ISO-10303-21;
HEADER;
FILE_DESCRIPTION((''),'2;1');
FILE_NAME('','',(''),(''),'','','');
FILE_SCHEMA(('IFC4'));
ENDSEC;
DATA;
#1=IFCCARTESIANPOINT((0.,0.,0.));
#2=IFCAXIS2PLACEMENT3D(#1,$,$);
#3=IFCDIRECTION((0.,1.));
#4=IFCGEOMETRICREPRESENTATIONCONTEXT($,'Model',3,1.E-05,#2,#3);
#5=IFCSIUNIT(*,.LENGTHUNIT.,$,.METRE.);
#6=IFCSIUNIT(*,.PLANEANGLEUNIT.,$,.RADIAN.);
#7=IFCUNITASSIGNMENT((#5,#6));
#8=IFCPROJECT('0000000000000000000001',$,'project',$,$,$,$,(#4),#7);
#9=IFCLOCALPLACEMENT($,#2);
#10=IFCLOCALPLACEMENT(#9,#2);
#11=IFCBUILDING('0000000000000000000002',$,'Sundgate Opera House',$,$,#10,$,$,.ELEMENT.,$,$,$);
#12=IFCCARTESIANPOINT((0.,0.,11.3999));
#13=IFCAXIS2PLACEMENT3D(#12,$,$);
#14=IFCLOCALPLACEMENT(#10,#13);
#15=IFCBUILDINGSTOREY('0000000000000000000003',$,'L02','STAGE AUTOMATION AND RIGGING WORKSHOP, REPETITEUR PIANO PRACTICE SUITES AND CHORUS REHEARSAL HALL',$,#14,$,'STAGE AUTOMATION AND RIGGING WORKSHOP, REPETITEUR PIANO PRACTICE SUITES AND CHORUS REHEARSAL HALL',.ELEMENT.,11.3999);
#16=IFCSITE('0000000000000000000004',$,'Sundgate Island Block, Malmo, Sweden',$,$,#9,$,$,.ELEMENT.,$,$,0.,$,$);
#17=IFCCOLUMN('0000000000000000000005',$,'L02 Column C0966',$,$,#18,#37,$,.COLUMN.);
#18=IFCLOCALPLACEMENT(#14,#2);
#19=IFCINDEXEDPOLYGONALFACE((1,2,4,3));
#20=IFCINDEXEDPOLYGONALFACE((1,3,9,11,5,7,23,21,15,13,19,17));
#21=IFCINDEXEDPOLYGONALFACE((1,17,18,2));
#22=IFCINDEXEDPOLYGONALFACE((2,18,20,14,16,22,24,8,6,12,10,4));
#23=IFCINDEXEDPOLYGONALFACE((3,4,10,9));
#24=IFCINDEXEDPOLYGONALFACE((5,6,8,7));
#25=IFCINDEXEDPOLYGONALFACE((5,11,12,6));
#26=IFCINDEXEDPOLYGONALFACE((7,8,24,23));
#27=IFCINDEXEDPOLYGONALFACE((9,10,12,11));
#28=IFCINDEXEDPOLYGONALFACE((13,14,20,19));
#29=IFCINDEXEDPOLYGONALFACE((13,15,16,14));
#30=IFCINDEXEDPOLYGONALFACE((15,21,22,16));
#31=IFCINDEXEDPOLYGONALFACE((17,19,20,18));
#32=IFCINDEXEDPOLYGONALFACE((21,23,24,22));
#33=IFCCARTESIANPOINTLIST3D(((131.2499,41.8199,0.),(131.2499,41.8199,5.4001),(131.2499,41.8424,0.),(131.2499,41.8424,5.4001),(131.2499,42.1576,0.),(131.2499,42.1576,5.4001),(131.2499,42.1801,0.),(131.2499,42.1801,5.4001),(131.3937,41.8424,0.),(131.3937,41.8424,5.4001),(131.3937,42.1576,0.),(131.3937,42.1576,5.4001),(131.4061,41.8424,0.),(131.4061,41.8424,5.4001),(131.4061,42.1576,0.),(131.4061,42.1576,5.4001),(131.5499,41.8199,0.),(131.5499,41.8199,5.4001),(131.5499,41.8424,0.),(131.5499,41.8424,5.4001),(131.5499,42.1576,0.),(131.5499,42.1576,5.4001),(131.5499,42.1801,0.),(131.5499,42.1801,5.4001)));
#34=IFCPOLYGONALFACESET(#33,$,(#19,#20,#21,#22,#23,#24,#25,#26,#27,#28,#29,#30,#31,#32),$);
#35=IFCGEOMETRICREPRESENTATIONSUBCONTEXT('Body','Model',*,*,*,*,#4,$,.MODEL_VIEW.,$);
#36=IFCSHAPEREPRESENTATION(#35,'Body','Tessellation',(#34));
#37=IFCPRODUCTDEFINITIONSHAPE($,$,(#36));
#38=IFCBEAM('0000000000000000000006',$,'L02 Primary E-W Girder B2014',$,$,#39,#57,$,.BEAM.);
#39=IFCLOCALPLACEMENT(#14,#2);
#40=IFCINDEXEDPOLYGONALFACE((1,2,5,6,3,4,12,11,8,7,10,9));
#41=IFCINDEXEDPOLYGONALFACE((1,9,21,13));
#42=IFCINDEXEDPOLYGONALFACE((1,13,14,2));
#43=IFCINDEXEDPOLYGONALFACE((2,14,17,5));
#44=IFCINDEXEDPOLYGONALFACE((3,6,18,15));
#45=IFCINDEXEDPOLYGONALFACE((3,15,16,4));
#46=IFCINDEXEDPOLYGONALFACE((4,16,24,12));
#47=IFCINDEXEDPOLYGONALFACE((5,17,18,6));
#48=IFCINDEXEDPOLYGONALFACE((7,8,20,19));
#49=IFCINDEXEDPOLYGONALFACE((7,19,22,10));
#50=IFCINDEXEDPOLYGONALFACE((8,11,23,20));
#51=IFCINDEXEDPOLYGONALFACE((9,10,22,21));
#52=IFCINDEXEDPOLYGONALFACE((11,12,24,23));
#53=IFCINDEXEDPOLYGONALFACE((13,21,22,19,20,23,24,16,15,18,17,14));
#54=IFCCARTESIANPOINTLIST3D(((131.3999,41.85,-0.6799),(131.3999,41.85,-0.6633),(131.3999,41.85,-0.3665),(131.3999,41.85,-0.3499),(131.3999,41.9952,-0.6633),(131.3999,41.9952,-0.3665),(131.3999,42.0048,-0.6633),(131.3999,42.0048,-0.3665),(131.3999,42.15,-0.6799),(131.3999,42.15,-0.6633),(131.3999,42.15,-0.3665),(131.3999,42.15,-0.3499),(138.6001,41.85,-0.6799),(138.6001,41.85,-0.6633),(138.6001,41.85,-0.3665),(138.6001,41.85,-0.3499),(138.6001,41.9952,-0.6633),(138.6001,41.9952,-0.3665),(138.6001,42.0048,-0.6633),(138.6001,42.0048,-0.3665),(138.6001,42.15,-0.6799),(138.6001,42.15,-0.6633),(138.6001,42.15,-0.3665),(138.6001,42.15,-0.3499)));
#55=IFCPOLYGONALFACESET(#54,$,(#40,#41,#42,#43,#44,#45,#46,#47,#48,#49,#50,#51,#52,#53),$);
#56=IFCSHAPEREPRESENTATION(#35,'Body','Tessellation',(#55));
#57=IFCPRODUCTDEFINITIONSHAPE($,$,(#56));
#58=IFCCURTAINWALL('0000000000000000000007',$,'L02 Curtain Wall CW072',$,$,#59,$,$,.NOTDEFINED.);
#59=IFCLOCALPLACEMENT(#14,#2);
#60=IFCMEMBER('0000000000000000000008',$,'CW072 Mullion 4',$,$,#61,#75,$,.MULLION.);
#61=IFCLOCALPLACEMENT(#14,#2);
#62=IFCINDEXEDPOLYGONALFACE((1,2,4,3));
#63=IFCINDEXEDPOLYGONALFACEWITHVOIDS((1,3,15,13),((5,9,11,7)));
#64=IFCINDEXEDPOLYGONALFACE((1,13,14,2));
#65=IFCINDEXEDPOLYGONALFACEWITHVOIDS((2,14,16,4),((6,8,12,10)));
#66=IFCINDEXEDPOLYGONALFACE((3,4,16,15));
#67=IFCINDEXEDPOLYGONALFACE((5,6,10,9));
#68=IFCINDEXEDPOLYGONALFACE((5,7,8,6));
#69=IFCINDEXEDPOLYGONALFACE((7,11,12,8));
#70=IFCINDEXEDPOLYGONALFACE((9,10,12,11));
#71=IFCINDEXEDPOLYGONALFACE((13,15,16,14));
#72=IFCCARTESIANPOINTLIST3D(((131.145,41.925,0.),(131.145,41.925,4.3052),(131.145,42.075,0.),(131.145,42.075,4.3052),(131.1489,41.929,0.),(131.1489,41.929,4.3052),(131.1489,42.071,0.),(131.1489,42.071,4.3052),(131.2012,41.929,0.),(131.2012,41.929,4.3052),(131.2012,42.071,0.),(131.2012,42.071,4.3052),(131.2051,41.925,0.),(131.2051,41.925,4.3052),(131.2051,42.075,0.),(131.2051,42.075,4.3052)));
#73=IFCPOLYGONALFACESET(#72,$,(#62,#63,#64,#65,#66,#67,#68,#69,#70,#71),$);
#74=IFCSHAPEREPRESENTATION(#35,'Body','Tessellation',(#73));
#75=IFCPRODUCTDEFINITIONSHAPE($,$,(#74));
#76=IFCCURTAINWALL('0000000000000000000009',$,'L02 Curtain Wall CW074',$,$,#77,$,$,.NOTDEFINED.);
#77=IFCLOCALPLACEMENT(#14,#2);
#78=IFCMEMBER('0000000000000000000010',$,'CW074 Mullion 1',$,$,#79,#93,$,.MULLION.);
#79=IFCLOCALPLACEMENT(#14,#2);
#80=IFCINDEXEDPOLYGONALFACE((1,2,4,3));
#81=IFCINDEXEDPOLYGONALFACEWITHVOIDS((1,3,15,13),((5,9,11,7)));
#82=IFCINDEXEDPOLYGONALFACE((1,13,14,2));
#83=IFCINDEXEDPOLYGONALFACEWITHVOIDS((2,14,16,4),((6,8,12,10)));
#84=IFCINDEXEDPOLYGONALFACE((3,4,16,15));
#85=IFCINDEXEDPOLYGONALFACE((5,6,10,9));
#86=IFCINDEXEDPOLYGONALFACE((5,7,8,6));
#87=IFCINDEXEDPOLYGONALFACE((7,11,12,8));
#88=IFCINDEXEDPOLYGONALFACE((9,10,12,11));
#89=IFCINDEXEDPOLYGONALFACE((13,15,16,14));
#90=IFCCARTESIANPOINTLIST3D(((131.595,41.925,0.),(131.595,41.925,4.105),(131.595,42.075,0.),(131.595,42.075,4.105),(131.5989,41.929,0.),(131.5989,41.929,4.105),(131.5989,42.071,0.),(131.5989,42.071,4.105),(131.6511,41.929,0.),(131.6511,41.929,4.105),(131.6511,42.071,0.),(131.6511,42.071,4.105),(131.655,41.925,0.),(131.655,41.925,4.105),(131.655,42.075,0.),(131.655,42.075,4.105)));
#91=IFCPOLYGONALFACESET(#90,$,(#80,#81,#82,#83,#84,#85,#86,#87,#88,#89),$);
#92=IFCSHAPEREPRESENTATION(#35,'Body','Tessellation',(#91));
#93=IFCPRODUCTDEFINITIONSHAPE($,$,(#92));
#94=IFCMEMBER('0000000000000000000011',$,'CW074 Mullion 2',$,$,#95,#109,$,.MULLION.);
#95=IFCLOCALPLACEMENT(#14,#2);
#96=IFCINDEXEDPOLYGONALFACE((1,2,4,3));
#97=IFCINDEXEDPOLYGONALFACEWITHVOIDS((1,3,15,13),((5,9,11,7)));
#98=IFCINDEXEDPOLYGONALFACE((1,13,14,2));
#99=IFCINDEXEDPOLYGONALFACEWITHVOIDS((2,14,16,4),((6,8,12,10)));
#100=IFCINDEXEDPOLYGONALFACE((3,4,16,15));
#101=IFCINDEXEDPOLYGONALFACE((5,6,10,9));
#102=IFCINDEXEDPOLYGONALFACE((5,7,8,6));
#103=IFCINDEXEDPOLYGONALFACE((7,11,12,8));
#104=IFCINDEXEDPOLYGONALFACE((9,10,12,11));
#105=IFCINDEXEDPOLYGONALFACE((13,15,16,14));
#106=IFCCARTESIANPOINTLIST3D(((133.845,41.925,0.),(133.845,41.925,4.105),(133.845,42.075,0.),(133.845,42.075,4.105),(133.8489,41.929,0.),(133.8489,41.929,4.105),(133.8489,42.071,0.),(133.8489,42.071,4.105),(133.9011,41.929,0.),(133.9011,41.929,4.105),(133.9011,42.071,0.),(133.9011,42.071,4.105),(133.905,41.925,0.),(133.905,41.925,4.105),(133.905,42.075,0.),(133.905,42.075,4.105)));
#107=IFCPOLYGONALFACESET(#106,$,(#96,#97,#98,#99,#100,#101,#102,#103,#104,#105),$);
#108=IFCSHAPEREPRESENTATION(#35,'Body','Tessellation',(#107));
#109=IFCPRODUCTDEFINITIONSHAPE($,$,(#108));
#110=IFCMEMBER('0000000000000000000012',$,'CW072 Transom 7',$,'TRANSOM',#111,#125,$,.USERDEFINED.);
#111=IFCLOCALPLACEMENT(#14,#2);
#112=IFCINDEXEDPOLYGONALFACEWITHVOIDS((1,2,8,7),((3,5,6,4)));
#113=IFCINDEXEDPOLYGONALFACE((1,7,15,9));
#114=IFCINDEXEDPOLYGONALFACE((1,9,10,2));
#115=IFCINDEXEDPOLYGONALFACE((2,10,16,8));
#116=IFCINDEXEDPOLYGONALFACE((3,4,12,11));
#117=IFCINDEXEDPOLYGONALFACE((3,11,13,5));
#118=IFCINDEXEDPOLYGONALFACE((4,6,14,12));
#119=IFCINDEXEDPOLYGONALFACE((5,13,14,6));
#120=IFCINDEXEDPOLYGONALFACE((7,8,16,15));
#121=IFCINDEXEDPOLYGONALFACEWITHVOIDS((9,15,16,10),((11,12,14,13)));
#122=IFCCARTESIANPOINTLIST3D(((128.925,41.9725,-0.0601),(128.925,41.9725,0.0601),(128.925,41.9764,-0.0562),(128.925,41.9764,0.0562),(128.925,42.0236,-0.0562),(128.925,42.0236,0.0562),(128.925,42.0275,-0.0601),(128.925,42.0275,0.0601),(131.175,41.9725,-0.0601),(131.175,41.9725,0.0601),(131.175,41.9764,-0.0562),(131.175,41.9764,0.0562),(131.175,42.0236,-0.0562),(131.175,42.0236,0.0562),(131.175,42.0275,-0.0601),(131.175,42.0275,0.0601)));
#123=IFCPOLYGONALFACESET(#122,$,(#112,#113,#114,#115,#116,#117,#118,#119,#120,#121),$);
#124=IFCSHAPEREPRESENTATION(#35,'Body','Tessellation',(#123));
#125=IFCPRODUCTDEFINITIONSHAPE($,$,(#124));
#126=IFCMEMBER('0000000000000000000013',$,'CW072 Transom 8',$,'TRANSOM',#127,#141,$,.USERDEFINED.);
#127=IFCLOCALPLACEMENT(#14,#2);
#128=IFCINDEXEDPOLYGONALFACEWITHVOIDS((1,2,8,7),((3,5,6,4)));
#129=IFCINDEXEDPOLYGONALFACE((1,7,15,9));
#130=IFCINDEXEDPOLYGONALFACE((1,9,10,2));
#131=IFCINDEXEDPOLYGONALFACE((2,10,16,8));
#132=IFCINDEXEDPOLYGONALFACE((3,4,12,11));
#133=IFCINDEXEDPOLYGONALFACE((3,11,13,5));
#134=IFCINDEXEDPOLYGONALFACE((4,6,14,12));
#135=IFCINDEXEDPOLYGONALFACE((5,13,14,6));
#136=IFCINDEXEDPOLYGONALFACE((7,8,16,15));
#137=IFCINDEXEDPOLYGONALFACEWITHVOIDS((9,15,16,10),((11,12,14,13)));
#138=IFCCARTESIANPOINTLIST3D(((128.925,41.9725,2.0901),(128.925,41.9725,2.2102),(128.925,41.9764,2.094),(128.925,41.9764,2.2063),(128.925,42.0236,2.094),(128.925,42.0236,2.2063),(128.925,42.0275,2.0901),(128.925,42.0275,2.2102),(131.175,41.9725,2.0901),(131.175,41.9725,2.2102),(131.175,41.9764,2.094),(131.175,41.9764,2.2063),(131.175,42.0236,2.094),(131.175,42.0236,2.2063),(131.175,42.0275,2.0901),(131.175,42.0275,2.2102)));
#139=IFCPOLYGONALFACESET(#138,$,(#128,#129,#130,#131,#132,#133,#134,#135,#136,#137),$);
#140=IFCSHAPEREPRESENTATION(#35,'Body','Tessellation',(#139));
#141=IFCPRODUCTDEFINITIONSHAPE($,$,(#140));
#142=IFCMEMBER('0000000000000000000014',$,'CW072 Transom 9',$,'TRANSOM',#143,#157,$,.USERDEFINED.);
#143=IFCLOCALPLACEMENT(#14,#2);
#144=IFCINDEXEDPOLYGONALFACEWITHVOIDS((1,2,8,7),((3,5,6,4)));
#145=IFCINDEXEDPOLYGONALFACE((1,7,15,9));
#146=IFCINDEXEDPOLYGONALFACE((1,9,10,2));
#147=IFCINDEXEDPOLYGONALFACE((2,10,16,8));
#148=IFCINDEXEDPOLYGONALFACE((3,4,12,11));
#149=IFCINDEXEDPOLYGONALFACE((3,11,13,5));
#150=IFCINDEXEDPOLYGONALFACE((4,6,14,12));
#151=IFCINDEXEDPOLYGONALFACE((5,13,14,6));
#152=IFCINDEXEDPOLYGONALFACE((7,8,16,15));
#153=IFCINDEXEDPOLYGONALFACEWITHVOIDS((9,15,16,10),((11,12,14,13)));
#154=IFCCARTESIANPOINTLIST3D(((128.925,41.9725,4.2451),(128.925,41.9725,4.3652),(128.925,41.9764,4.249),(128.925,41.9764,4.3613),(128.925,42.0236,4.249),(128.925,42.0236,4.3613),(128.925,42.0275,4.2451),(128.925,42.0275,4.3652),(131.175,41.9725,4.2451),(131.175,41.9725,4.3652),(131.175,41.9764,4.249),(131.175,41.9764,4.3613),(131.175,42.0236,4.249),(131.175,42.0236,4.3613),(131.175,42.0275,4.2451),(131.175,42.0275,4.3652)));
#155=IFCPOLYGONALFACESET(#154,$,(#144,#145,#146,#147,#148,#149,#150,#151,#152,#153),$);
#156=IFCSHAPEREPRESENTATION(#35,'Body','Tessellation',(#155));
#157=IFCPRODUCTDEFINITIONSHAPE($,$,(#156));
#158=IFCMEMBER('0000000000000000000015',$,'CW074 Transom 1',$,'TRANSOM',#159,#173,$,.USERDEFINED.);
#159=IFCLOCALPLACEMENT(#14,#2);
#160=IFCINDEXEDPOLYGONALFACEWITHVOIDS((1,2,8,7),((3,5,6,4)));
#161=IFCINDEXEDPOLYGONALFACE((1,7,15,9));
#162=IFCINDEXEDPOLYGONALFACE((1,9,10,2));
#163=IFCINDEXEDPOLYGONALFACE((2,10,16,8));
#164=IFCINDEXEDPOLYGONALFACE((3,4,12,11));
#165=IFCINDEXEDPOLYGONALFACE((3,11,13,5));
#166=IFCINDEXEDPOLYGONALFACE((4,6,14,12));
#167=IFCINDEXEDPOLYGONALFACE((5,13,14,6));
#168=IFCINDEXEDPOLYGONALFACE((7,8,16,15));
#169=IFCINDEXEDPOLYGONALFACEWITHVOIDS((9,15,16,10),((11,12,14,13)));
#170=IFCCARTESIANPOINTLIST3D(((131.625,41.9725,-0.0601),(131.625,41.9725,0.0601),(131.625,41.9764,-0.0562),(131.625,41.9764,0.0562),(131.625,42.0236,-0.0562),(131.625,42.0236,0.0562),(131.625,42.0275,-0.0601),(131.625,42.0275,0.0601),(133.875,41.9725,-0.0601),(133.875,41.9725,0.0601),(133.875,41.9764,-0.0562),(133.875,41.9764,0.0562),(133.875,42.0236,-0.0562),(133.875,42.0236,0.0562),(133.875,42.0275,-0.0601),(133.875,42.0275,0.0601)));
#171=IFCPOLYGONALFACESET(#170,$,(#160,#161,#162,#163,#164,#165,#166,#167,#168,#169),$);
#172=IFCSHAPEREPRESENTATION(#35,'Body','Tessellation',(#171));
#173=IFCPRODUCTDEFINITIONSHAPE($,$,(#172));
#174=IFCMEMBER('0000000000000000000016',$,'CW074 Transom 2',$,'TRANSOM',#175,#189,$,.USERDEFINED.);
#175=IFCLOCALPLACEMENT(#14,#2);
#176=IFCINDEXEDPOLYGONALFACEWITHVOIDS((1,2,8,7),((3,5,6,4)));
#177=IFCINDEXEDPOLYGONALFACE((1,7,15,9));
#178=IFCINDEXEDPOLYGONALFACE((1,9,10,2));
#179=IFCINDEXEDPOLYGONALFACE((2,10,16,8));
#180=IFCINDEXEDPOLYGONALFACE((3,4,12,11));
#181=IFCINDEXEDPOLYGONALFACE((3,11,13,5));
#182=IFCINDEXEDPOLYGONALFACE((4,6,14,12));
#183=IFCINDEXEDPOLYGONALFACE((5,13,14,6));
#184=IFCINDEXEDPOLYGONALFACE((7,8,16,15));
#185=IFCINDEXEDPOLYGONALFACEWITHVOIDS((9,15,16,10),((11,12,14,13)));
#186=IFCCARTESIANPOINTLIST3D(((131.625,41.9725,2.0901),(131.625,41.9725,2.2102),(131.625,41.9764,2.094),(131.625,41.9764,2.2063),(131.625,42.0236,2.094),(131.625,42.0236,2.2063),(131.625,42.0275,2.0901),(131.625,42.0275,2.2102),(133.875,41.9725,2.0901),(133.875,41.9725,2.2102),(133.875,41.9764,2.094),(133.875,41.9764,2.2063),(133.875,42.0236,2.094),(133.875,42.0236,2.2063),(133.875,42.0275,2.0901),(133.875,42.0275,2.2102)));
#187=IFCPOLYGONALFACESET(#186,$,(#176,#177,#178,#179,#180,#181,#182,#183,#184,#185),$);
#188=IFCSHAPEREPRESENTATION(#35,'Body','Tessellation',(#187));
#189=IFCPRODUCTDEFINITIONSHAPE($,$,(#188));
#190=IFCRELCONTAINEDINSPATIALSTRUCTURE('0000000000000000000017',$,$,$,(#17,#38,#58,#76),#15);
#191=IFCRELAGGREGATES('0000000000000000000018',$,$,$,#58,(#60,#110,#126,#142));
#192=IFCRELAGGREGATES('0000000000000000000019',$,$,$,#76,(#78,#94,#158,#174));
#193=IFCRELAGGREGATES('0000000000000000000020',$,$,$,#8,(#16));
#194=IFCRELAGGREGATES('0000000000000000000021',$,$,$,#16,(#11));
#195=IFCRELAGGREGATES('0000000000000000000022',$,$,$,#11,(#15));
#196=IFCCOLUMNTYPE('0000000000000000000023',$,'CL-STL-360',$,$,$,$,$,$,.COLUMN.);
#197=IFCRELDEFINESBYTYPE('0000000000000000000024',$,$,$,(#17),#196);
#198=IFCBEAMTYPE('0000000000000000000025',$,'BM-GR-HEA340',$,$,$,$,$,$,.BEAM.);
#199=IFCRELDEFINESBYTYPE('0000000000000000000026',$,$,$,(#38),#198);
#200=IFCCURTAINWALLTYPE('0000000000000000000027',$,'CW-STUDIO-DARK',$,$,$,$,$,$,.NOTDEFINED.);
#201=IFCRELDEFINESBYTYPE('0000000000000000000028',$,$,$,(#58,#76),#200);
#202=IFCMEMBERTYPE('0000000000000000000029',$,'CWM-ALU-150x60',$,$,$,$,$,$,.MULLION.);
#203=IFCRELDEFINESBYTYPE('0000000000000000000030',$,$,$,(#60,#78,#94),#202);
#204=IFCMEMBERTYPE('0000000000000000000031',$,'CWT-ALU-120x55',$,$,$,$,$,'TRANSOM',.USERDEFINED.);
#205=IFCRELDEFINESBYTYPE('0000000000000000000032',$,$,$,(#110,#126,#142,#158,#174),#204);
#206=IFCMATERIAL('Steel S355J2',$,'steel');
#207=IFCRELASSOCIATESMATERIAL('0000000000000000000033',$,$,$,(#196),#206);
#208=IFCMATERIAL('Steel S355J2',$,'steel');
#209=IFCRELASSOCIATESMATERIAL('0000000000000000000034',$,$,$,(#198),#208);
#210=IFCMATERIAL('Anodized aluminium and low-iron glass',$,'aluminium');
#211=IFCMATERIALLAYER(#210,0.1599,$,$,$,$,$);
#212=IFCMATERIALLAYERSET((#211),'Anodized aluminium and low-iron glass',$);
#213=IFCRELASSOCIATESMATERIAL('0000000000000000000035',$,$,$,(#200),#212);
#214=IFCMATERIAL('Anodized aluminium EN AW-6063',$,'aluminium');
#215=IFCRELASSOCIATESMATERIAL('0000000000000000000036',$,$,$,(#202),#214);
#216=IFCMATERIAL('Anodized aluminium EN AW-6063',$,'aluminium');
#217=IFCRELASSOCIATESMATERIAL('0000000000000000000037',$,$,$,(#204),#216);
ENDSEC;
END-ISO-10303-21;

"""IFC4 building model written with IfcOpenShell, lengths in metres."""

from ifc_helpers import new_model, si_unit, direction, frame, origin, origin_2d, place, context, subcontext, project, spatial, hollow_rectangle, i_section, extrude, material, layer, layer_set, material_profile, profile_set, type_object, element, aggregate, save


model = new_model("IFC4")

# Units and contexts
model_context = context("Model", 3, precision=1e-05, world=origin(), true_north=direction((0.0, 1.0)))
body_context = subcontext(model_context, "Body", "Model", "MODEL_VIEW")
ifc_project = project(units=[si_unit("LENGTHUNIT", "METRE"), si_unit("PLANEANGLEUNIT", "RADIAN")], contexts=[model_context])

# Site, building, storey
site_placement = place(None, origin())
site = spatial("IfcSite", under=ifc_project, at=site_placement, Name="Sundgate Island Block, Malmo, Sweden", CompositionType="ELEMENT", RefElevation=0.0)
building_placement = place(site_placement, origin())
building = spatial("IfcBuilding", under=site, at=building_placement, Name="Sundgate Opera House", CompositionType="ELEMENT")
storey_placement = place(building_placement, frame((0.0, 0.0, 11.3999)))
storey = spatial("IfcBuildingStorey", under=building, at=storey_placement, Name="L02", Description="STAGE AUTOMATION AND RIGGING WORKSHOP, REPETITEUR PIANO PRACTICE SUITES AND CHORUS REHEARSAL HALL", LongName="STAGE AUTOMATION AND RIGGING WORKSHOP, REPETITEUR PIANO PRACTICE SUITES AND CHORUS REHEARSAL HALL", CompositionType="ELEMENT", Elevation=11.3999)

# Column
ifc_material_1 = material(Name="Steel S355J2", Category="steel")
ifc_material_profile_1 = material_profile(ifc_material_1, i_section(OverallWidth=0.3, OverallDepth=0.3601, WebThickness=0.0125, FlangeThickness=0.0225, at=origin_2d()), Name="HEB 360")
ifc_profile_set_1 = profile_set([ifc_material_profile_1], Name="Steel S355J2")
column_type = type_object("IfcColumnType", Name="CL-STL-360", PredefinedType="COLUMN", material=ifc_profile_set_1)
column_placement = place(storey_placement, frame((131.3999, 42.0, 0.0), z_axis=(0.0, 0.0, 1.0), x_axis=(1.0, 0.0, 0.0)))
element("IfcColumn", 1, at=column_placement, inside=storey, type_object=column_type, Name="L02 Column C0966", PredefinedType="COLUMN", context=body_context, shape_type="SweptSolid", body=[
    extrude(i_section(OverallWidth=0.3, OverallDepth=0.3601, WebThickness=0.0125, FlangeThickness=0.0225, at=origin_2d()), origin(), (0.0, 0.0, 1.0), 5.4001),
])

# Beam
ifc_material_2 = material(Name="Steel S355J2", Category="steel")
ifc_material_profile_2 = material_profile(ifc_material_2, i_section(OverallWidth=0.3, OverallDepth=0.3301, WebThickness=0.0095, FlangeThickness=0.0166, at=origin_2d()), Name="HEA 340")
ifc_profile_set_2 = profile_set([ifc_material_profile_2], Name="Steel S355J2")
beam_type = type_object("IfcBeamType", Name="BM-GR-HEA340", PredefinedType="BEAM", material=ifc_profile_set_2)
beam_placement = place(storey_placement, frame((131.3999, 42.0, -0.5149), z_axis=(1.0, 0.0, 0.0), x_axis=(0.0, 1.0, 0.0)))
element("IfcBeam", 2, at=beam_placement, inside=storey, type_object=beam_type, Name="L02 Primary E-W Girder B2014", PredefinedType="BEAM", context=body_context, shape_type="SweptSolid", body=[
    extrude(i_section(OverallWidth=0.3, OverallDepth=0.3301, WebThickness=0.0095, FlangeThickness=0.0166, at=origin_2d()), origin(), (0.0, 0.0, 1.0), 7.2002),
])

# Curtain wall, member
ifc_material_3 = material(Name="Anodized aluminium and low-iron glass", Category="aluminium")
ifc_layer_1 = layer(ifc_material_3, 0.1599)
ifc_layer_set_1 = layer_set([ifc_layer_1], Name="Anodized aluminium and low-iron glass")
curtain_wall_type = type_object("IfcCurtainWallType", Name="CW-STUDIO-DARK", PredefinedType="NOTDEFINED", material=ifc_layer_set_1)
curtain_wall_1_placement = place(storey_placement, origin())
curtain_wall_1 = element("IfcCurtainWall", 3, at=curtain_wall_1_placement, inside=storey, type_object=curtain_wall_type, Name="L02 Curtain Wall CW072", PredefinedType="NOTDEFINED")
ifc_material_4 = material(Name="Anodized aluminium EN AW-6063", Category="aluminium")
ifc_material_profile_3 = material_profile(ifc_material_4, hollow_rectangle(XDim=0.0601, YDim=0.1499, WallThickness=0.0039, at=origin_2d()), Name="CWM 150x60x4")
ifc_profile_set_3 = profile_set([ifc_material_profile_3], Name="Anodized aluminium EN AW-6063")
member_type_1 = type_object("IfcMemberType", Name="CWM-ALU-150x60", PredefinedType="MULLION", material=ifc_profile_set_3)
member_1_placement = place(storey_placement, frame((131.175, 42.0, 0.0), z_axis=(0.0, 0.0, 1.0), x_axis=(1.0, 0.0, 0.0)))
member_1 = element("IfcMember", 4, at=member_1_placement, type_object=member_type_1, Name="CW072 Mullion 4", PredefinedType="MULLION", context=body_context, shape_type="SweptSolid", body=[
    extrude(hollow_rectangle(XDim=0.0601, YDim=0.1499, WallThickness=0.0039, at=origin_2d()), origin(), (0.0, 0.0, 1.0), 4.3052),
])

# Curtain wall, members
curtain_wall_2_placement = place(storey_placement, origin())
curtain_wall_2 = element("IfcCurtainWall", 5, at=curtain_wall_2_placement, inside=storey, type_object=curtain_wall_type, Name="L02 Curtain Wall CW074", PredefinedType="NOTDEFINED")
member_2_placement = place(storey_placement, frame((131.625, 42.0, 0.0), z_axis=(0.0, 0.0, 1.0), x_axis=(1.0, 0.0, 0.0)))
member_2 = element("IfcMember", 6, at=member_2_placement, type_object=member_type_1, Name="CW074 Mullion 1", PredefinedType="MULLION", context=body_context, shape_type="SweptSolid", body=[
    extrude(hollow_rectangle(XDim=0.0601, YDim=0.1499, WallThickness=0.0039, at=origin_2d()), origin(), (0.0, 0.0, 1.0), 4.105),
])
member_3_placement = place(storey_placement, frame((133.875, 42.0, 0.0), z_axis=(0.0, 0.0, 1.0), x_axis=(1.0, 0.0, 0.0)))
member_3 = element("IfcMember", 7, at=member_3_placement, type_object=member_type_1, Name="CW074 Mullion 2", PredefinedType="MULLION", context=body_context, shape_type="SweptSolid", body=[
    extrude(hollow_rectangle(XDim=0.0601, YDim=0.1499, WallThickness=0.0039, at=origin_2d()), origin(), (0.0, 0.0, 1.0), 4.105),
])

# Members
ifc_material_5 = material(Name="Anodized aluminium EN AW-6063", Category="aluminium")
ifc_material_profile_4 = material_profile(ifc_material_5, hollow_rectangle(XDim=0.0549, YDim=0.1201, WallThickness=0.0039, at=origin_2d()), Name="CWT 120x55x4")
ifc_profile_set_4 = profile_set([ifc_material_profile_4], Name="Anodized aluminium EN AW-6063")
member_type_2 = type_object("IfcMemberType", Name="CWT-ALU-120x55", ElementType="TRANSOM", PredefinedType="USERDEFINED", material=ifc_profile_set_4)
member_4_placement = place(storey_placement, frame((128.925, 42.0, 0.0), z_axis=(1.0, 0.0, 0.0), x_axis=(0.0, 1.0, 0.0)))
member_4 = element("IfcMember", 8, at=member_4_placement, type_object=member_type_2, Name="CW072 Transom 7", ObjectType="TRANSOM", PredefinedType="USERDEFINED", context=body_context, shape_type="SweptSolid", body=[
    extrude(hollow_rectangle(XDim=0.0549, YDim=0.1201, WallThickness=0.0039, at=origin_2d()), origin(), (0.0, 0.0, 1.0), 2.25),
])
member_5_placement = place(storey_placement, frame((128.925, 42.0, 2.1501), z_axis=(1.0, 0.0, 0.0), x_axis=(0.0, 1.0, 0.0)))
member_5 = element("IfcMember", 9, at=member_5_placement, type_object=member_type_2, Name="CW072 Transom 8", ObjectType="TRANSOM", PredefinedType="USERDEFINED", context=body_context, shape_type="SweptSolid", body=[
    extrude(hollow_rectangle(XDim=0.0549, YDim=0.1201, WallThickness=0.0039, at=origin_2d()), origin(), (0.0, 0.0, 1.0), 2.25),
])
member_6_placement = place(storey_placement, frame((128.925, 42.0, 4.3052), z_axis=(1.0, 0.0, 0.0), x_axis=(0.0, 1.0, 0.0)))
member_6 = element("IfcMember", 10, at=member_6_placement, type_object=member_type_2, Name="CW072 Transom 9", ObjectType="TRANSOM", PredefinedType="USERDEFINED", context=body_context, shape_type="SweptSolid", body=[
    extrude(hollow_rectangle(XDim=0.0549, YDim=0.1201, WallThickness=0.0039, at=origin_2d()), origin(), (0.0, 0.0, 1.0), 2.25),
])
member_7_placement = place(storey_placement, frame((131.625, 42.0, 0.0), z_axis=(1.0, 0.0, 0.0), x_axis=(0.0, 1.0, 0.0)))
member_7 = element("IfcMember", 11, at=member_7_placement, type_object=member_type_2, Name="CW074 Transom 1", ObjectType="TRANSOM", PredefinedType="USERDEFINED", context=body_context, shape_type="SweptSolid", body=[
    extrude(hollow_rectangle(XDim=0.0549, YDim=0.1201, WallThickness=0.0039, at=origin_2d()), origin(), (0.0, 0.0, 1.0), 2.25),
])
member_8_placement = place(storey_placement, frame((131.625, 42.0, 2.1501), z_axis=(1.0, 0.0, 0.0), x_axis=(0.0, 1.0, 0.0)))
member_8 = element("IfcMember", 12, at=member_8_placement, type_object=member_type_2, Name="CW074 Transom 2", ObjectType="TRANSOM", PredefinedType="USERDEFINED", context=body_context, shape_type="SweptSolid", body=[
    extrude(hollow_rectangle(XDim=0.0549, YDim=0.1201, WallThickness=0.0039, at=origin_2d()), origin(), (0.0, 0.0, 1.0), 2.25),
])

aggregate(curtain_wall_1, [member_1, member_4, member_5, member_6])
aggregate(curtain_wall_2, [member_2, member_3, member_7, member_8])

save(model, "model.ifc")
